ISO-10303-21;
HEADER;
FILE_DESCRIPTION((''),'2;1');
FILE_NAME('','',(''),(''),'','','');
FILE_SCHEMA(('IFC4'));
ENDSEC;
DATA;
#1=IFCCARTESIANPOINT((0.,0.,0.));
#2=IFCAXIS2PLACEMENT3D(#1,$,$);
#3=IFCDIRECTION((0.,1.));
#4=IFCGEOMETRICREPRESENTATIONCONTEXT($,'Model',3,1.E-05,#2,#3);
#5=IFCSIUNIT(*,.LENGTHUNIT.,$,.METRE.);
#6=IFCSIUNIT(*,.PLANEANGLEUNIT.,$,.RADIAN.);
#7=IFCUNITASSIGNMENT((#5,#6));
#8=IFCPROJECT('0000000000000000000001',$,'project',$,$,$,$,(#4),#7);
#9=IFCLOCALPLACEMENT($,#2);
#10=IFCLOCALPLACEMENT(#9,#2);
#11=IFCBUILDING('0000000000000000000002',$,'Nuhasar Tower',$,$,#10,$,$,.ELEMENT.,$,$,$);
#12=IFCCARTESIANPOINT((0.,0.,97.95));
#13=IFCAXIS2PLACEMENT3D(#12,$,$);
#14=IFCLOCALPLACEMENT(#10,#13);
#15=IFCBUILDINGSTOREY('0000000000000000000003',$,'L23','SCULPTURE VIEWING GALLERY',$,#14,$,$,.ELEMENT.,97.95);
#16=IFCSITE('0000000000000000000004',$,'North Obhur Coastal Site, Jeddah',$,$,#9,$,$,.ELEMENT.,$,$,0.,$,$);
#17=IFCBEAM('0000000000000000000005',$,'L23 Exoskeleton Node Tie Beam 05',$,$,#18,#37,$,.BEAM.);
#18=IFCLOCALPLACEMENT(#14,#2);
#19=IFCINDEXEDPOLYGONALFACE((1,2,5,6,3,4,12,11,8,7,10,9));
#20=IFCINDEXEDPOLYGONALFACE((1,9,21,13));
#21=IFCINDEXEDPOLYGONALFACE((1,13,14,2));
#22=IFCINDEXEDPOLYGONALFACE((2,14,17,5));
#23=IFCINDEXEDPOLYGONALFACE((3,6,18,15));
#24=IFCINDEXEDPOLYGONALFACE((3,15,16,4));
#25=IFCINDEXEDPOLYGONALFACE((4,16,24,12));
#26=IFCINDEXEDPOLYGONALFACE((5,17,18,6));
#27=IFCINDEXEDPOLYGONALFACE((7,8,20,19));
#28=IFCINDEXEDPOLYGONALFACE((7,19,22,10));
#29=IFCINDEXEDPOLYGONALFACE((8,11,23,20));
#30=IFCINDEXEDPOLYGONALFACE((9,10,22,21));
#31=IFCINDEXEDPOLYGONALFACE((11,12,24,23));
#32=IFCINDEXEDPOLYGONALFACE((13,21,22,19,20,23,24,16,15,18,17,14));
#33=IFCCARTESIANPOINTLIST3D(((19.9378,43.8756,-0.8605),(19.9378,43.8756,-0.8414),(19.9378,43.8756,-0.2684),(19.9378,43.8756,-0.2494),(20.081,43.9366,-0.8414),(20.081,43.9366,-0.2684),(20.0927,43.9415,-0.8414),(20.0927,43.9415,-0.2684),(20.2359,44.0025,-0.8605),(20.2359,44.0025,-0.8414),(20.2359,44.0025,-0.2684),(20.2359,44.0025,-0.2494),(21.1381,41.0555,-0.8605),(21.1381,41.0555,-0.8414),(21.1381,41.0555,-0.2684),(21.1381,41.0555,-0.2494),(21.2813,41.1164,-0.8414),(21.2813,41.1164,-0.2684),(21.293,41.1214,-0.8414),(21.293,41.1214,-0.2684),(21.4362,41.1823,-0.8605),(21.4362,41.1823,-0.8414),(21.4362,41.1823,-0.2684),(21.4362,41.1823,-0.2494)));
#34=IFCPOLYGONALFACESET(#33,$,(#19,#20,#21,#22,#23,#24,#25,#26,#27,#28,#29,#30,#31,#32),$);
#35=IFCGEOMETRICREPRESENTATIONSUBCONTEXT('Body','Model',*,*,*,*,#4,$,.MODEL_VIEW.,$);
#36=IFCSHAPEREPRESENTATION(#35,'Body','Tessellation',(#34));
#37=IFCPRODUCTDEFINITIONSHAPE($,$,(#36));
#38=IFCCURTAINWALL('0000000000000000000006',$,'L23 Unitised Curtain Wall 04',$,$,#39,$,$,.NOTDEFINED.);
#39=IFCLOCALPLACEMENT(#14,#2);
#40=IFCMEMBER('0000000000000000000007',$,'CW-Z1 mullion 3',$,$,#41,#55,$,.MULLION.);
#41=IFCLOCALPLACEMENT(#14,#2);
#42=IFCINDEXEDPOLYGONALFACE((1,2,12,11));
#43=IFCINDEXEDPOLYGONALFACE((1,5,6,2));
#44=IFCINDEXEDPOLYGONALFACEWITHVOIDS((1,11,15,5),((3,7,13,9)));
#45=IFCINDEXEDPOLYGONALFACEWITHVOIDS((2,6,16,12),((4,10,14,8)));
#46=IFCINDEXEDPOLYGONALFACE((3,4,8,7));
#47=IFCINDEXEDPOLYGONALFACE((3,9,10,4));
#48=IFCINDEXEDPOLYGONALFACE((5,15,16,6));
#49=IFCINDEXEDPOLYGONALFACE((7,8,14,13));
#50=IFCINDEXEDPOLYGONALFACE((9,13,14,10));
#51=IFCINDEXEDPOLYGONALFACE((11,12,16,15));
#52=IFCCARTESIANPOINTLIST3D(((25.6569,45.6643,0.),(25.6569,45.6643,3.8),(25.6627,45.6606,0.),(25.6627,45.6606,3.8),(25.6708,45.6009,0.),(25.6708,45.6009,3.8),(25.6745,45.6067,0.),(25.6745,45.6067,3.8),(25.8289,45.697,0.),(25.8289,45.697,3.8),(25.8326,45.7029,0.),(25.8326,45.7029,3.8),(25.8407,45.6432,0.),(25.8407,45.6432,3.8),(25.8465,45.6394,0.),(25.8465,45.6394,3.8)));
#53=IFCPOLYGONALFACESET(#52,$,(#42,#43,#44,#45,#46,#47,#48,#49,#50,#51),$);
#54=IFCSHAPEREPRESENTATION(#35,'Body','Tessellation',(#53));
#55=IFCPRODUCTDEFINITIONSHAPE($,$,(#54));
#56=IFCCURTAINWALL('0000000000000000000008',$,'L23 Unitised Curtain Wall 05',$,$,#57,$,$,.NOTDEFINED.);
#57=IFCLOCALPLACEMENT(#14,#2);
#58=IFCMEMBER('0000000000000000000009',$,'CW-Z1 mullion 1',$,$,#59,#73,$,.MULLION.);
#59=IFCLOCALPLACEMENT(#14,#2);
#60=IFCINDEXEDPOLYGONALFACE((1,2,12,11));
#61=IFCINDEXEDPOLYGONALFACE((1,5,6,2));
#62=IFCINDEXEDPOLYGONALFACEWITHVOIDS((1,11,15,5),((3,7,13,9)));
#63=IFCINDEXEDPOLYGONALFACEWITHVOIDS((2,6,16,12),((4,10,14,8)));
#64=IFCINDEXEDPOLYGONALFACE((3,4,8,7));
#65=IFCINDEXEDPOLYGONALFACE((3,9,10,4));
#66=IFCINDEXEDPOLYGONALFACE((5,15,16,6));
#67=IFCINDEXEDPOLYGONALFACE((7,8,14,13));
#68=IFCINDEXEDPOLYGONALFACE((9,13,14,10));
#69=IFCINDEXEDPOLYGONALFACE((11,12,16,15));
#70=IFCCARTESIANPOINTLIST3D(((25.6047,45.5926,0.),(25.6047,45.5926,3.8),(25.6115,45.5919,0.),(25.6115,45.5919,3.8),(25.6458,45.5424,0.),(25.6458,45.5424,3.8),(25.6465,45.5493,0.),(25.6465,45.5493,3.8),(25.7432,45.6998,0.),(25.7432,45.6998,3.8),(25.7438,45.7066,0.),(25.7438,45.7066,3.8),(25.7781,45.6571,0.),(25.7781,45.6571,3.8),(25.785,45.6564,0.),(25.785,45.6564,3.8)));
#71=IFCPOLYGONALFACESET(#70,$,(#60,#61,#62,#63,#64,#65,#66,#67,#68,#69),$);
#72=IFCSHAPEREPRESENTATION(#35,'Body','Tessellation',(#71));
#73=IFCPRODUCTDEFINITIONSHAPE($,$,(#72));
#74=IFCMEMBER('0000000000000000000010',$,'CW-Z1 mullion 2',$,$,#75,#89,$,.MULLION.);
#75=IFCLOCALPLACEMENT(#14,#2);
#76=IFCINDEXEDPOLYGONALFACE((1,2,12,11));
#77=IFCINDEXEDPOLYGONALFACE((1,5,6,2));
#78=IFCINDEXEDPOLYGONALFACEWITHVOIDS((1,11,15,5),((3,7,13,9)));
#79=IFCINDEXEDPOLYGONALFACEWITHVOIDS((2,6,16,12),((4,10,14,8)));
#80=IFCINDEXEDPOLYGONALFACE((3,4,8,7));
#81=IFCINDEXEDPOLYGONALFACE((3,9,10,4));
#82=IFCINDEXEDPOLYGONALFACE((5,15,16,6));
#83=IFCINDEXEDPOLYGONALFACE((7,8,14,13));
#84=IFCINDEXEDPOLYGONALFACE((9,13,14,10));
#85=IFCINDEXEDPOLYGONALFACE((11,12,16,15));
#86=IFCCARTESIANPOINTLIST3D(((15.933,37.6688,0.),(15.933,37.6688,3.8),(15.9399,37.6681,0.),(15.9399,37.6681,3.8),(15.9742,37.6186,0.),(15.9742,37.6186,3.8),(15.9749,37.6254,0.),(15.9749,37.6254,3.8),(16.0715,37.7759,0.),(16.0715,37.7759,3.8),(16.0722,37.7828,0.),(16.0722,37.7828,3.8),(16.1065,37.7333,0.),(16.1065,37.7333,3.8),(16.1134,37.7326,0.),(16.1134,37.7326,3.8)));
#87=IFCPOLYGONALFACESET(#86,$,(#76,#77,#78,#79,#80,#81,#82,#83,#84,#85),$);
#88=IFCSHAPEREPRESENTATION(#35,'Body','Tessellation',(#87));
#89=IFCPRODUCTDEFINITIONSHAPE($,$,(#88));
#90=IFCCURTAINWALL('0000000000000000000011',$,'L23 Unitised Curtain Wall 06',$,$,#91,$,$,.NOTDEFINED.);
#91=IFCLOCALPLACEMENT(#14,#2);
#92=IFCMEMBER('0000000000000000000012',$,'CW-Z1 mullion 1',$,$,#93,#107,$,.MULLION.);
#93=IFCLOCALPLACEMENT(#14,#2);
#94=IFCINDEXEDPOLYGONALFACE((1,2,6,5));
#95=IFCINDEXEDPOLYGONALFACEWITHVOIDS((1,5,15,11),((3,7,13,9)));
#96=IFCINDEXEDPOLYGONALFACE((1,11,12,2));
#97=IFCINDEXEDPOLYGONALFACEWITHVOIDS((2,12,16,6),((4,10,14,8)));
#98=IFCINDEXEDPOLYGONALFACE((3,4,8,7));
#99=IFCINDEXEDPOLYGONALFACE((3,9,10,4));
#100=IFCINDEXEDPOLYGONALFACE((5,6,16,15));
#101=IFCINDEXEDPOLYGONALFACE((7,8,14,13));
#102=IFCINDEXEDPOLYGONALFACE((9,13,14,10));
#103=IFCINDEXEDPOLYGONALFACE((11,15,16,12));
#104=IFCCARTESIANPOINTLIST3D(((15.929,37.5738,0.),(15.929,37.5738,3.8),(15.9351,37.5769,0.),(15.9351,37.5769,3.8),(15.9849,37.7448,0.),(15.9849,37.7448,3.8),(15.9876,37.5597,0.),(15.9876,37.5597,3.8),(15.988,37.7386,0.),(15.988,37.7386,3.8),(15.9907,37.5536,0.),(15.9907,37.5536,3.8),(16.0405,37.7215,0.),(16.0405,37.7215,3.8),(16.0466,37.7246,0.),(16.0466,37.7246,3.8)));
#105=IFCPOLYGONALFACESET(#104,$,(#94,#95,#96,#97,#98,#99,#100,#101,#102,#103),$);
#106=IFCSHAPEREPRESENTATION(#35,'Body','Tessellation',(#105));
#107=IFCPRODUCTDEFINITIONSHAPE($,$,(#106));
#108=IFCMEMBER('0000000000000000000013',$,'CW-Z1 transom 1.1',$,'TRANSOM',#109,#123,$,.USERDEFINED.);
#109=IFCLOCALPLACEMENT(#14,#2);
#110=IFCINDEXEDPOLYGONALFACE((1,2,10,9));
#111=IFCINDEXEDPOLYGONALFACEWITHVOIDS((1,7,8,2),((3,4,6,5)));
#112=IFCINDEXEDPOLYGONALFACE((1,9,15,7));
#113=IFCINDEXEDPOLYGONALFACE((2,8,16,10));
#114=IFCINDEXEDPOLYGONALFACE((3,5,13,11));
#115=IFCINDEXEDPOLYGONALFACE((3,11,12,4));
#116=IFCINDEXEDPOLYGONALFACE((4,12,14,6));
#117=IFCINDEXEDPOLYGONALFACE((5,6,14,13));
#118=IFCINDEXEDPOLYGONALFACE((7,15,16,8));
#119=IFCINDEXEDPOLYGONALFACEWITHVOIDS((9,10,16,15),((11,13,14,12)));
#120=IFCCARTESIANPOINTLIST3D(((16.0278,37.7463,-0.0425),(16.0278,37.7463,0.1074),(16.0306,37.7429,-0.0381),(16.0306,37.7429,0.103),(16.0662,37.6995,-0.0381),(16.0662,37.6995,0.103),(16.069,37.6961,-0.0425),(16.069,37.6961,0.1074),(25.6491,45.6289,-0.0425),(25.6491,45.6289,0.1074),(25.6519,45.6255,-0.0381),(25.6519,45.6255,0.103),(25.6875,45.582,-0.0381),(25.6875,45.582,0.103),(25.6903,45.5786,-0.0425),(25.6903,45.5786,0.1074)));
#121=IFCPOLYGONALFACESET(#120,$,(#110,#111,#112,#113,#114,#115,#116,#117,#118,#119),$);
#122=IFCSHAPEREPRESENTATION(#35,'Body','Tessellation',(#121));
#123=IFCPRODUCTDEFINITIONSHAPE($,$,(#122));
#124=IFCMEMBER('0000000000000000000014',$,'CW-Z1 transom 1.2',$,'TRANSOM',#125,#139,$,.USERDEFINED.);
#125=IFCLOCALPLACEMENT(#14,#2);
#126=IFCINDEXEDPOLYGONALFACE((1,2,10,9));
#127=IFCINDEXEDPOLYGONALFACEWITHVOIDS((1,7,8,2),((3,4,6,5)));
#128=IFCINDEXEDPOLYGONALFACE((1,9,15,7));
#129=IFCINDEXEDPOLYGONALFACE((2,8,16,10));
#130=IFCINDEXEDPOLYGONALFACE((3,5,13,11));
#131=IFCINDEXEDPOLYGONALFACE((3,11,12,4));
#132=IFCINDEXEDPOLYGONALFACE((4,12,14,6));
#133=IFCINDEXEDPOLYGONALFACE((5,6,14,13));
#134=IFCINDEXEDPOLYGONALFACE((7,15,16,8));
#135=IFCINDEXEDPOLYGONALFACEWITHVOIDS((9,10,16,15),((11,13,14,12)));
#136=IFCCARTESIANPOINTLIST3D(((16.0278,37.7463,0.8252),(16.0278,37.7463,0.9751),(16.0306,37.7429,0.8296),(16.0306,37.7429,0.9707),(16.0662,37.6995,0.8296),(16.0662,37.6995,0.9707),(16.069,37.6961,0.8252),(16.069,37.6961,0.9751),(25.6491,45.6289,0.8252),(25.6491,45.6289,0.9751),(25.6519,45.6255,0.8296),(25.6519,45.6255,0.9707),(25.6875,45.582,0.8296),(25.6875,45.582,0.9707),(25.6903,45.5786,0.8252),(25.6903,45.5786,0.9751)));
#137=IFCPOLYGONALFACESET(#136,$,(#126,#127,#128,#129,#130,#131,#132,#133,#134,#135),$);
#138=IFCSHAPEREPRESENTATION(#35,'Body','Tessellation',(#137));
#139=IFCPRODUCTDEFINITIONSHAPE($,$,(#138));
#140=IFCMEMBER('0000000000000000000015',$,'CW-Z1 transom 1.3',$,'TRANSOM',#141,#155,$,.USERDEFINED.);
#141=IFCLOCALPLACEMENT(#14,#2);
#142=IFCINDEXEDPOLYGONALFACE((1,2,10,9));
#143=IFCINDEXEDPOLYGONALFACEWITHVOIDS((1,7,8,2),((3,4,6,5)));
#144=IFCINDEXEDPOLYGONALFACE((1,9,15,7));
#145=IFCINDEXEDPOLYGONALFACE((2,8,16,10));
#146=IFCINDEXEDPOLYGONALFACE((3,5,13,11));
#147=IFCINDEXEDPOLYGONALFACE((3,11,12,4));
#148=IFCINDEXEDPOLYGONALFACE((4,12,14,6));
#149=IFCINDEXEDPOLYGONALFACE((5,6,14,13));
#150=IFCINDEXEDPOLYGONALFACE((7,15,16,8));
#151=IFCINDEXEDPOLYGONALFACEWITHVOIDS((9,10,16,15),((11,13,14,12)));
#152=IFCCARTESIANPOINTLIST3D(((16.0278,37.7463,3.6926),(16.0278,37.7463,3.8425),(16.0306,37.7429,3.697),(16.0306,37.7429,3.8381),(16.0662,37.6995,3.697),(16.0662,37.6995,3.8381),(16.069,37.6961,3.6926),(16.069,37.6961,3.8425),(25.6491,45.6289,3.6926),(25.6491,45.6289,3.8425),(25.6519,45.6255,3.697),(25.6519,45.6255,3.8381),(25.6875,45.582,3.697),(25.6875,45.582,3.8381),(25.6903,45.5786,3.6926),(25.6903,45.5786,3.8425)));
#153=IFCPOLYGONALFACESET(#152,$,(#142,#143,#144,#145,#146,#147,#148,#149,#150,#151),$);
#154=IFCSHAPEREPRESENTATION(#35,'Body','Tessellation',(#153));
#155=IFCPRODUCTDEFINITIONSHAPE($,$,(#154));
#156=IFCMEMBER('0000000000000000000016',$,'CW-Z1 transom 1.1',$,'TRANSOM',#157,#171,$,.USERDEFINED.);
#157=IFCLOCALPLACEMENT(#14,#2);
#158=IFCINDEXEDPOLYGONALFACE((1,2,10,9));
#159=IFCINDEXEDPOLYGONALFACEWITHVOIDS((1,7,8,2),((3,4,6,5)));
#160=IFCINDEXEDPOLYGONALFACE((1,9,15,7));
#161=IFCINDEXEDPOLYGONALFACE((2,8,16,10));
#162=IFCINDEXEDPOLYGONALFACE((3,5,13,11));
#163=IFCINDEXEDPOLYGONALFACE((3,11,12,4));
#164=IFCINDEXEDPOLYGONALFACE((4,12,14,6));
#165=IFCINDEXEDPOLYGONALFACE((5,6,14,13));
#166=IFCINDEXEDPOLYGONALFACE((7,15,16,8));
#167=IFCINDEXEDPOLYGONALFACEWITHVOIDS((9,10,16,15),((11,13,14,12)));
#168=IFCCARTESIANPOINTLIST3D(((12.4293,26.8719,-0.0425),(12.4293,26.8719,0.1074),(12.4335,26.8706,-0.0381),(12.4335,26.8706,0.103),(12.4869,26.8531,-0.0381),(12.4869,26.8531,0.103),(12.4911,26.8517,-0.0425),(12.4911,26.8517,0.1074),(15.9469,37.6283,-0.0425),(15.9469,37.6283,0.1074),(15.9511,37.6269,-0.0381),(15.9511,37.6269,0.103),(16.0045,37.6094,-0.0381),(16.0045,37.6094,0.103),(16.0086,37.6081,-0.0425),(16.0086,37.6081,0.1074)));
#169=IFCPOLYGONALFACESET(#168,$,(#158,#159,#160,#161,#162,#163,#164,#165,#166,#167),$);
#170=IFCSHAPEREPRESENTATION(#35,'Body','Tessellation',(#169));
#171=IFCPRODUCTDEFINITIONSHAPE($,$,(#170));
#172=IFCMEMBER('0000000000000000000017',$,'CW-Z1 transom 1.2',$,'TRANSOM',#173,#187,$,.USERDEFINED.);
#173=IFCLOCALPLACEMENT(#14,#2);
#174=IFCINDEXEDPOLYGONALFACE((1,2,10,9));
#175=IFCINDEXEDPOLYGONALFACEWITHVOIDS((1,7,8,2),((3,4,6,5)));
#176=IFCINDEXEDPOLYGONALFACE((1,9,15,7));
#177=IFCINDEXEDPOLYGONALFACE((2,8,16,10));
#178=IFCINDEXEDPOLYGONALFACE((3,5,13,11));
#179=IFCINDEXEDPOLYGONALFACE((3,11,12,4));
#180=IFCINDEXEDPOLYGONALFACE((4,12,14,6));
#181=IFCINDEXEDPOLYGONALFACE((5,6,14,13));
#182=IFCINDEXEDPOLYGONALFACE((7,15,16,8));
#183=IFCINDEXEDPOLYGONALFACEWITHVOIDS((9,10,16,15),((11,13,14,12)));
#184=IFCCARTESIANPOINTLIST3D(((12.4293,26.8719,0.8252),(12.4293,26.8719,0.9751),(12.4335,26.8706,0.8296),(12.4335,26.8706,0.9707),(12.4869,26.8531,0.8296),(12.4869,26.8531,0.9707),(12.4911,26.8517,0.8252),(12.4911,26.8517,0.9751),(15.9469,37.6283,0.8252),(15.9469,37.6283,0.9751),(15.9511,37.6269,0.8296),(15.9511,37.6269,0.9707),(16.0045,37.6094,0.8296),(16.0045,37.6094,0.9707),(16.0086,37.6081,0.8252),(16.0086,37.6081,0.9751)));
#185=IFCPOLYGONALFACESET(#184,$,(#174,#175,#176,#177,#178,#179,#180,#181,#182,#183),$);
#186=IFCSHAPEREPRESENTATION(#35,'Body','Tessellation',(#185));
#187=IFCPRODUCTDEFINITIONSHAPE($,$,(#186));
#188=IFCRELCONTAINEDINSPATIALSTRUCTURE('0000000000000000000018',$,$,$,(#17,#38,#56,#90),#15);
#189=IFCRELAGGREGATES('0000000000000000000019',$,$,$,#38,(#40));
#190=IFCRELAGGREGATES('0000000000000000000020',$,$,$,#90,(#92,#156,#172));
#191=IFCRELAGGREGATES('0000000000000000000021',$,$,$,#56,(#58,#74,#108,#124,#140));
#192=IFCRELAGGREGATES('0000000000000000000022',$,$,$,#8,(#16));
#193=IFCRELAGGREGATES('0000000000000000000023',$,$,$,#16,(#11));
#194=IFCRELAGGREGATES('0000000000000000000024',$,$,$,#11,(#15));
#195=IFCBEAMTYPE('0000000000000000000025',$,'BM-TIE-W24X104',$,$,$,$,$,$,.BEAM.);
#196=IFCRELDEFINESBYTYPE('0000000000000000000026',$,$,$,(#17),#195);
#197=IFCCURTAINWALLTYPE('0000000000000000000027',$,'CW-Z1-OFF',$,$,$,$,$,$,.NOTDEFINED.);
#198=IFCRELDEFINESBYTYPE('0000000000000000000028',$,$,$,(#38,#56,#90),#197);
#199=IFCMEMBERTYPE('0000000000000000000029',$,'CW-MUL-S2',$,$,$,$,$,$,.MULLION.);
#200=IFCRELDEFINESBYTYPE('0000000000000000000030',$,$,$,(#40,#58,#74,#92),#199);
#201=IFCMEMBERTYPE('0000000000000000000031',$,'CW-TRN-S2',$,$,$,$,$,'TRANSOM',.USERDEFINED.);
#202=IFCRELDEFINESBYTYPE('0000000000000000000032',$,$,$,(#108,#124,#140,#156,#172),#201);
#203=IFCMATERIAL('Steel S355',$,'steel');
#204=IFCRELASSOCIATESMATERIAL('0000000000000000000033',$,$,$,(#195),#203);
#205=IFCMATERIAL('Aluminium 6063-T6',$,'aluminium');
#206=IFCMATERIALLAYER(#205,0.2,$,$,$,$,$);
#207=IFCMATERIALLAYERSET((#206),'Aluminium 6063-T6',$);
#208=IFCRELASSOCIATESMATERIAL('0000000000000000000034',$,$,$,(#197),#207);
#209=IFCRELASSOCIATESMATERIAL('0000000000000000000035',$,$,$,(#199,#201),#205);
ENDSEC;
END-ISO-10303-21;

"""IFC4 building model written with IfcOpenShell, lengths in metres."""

from ifc_helpers import new_model, si_unit, direction, frame, origin, origin_2d, place, context, subcontext, project, spatial, hollow_rectangle, i_section, extrude, material, layer, layer_set, material_profile, profile_set, type_object, element, aggregate, save


model = new_model("IFC4")

# Units and contexts
model_context = context("Model", 3, precision=1e-05, world=origin(), true_north=direction((0.0, 1.0)))
body_context = subcontext(model_context, "Body", "Model", "MODEL_VIEW")
ifc_project = project(units=[si_unit("LENGTHUNIT", "METRE"), si_unit("PLANEANGLEUNIT", "RADIAN")], contexts=[model_context])

# Site, building, storey
site_placement = place(None, origin())
site = spatial("IfcSite", under=ifc_project, at=site_placement, Name="North Obhur Coastal Site, Jeddah", CompositionType="ELEMENT", RefElevation=0.0)
building_placement = place(site_placement, origin())
building = spatial("IfcBuilding", under=site, at=building_placement, Name="Nuhasar Tower", CompositionType="ELEMENT")
storey_placement = place(building_placement, frame((0.0, 0.0, 97.95)))
storey = spatial("IfcBuildingStorey", under=building, at=storey_placement, Name="L23", Description="SCULPTURE VIEWING GALLERY", CompositionType="ELEMENT", Elevation=97.95)

# Beam
ifc_material_1 = material(Name="Steel S355", Category="steel")
ifc_material_profile_1 = material_profile(ifc_material_1, i_section(OverallWidth=0.324, OverallDepth=0.6111, WebThickness=0.0127, FlangeThickness=0.019, at=origin_2d()), Name="W24X104")
ifc_profile_set_1 = profile_set([ifc_material_profile_1], Name="Steel S355")
beam_type_1 = type_object("IfcBeamType", Name="BM-TIE-W24X104", PredefinedType="BEAM", material=ifc_profile_set_1)
beam_1_placement = place(storey_placement, frame((21.2871, 41.1189, -0.5549), z_axis=(-0.391601, 0.920135, 0.0), x_axis=(-0.920135, -0.391601, 0.0)))
element("IfcBeam", 1, at=beam_1_placement, inside=storey, type_object=beam_type_1, Name="L23 Exoskeleton Node Tie Beam 05", PredefinedType="BEAM", context=body_context, shape_type="SweptSolid", body=[
    extrude(i_section(OverallWidth=0.324, OverallDepth=0.6111, WebThickness=0.0127, FlangeThickness=0.019, at=origin_2d()), origin(), (0.0, 0.0, 1.0), 3.0649),
])

# Curtain wall, member
ifc_material_2 = material(Name="Aluminium 6063-T6", Category="aluminium")
ifc_layer_1 = layer(ifc_material_2, 0.2)
ifc_layer_set_1 = layer_set([ifc_layer_1], Name="Aluminium 6063-T6")
curtain_wall_type = type_object("IfcCurtainWallType", Name="CW-Z1-OFF", PredefinedType="NOTDEFINED", material=ifc_layer_set_1)
curtain_wall_1_placement = place(storey_placement, origin())
curtain_wall_1 = element("IfcCurtainWall", 2, at=curtain_wall_1_placement, inside=storey, type_object=curtain_wall_type, Name="L23 Unitised Curtain Wall 04", PredefinedType="NOTDEFINED")
ifc_material_profile_2 = material_profile(ifc_material_2, hollow_rectangle(XDim=0.0649, YDim=0.1799, WallThickness=0.0049, at=origin_2d()), Name="CWM-2")
ifc_profile_set_2 = profile_set([ifc_material_profile_2], Name="Aluminium 6063-T6")
member_type_1 = type_object("IfcMemberType", Name="CW-MUL-S2", PredefinedType="MULLION", material=ifc_profile_set_2)
member_1_placement = place(storey_placement, frame((25.7517, 45.6519, 0.0), z_axis=(0.0, 0.0, 1.0), x_axis=(0.214399, -0.976746, 0.0)))
member_1 = element("IfcMember", 3, at=member_1_placement, type_object=member_type_1, Name="CW-Z1 mullion 3", PredefinedType="MULLION", context=body_context, shape_type="SweptSolid", body=[
    extrude(hollow_rectangle(XDim=0.0649, YDim=0.1799, WallThickness=0.0049, at=origin_2d()), origin(), (0.0, 0.0, 1.0), 3.8),
])
aggregate(curtain_wall_1, [member_1])

# Curtain wall, members
curtain_wall_2_placement = place(storey_placement, origin())
curtain_wall_2 = element("IfcCurtainWall", 4, at=curtain_wall_2_placement, inside=storey, type_object=curtain_wall_type, Name="L23 Unitised Curtain Wall 05", PredefinedType="NOTDEFINED")
member_2_placement = place(storey_placement, frame((25.6948, 45.6245, 0.0), z_axis=(0.0, 0.0, 1.0), x_axis=(0.633745, -0.773542, 0.0)))
member_2 = element("IfcMember", 5, at=member_2_placement, type_object=member_type_1, Name="CW-Z1 mullion 1", PredefinedType="MULLION", context=body_context, shape_type="SweptSolid", body=[
    extrude(hollow_rectangle(XDim=0.0649, YDim=0.1799, WallThickness=0.0049, at=origin_2d()), origin(), (0.0, 0.0, 1.0), 3.8),
])
member_3_placement = place(storey_placement, frame((16.0232, 37.7007, 0.0), z_axis=(0.0, 0.0, 1.0), x_axis=(0.633745, -0.773542, 0.0)))
member_3 = element("IfcMember", 6, at=member_3_placement, type_object=member_type_1, Name="CW-Z1 mullion 2", PredefinedType="MULLION", context=body_context, shape_type="SweptSolid", body=[
    extrude(hollow_rectangle(XDim=0.0649, YDim=0.1799, WallThickness=0.0049, at=origin_2d()), origin(), (0.0, 0.0, 1.0), 3.8),
])

# Curtain wall, member
curtain_wall_3_placement = place(storey_placement, origin())
curtain_wall_3 = element("IfcCurtainWall", 7, at=curtain_wall_3_placement, inside=storey, type_object=curtain_wall_type, Name="L23 Unitised Curtain Wall 06", PredefinedType="NOTDEFINED")
member_4_placement = place(storey_placement, frame((15.9878, 37.6492, 0.0), z_axis=(0.0, 0.0, 1.0), x_axis=(0.950468, -0.310824, 0.0)))
member_4 = element("IfcMember", 8, at=member_4_placement, type_object=member_type_1, Name="CW-Z1 mullion 1", PredefinedType="MULLION", context=body_context, shape_type="SweptSolid", body=[
    extrude(hollow_rectangle(XDim=0.0649, YDim=0.1799, WallThickness=0.0049, at=origin_2d()), origin(), (0.0, 0.0, 1.0), 3.8),
])

# Members
ifc_material_profile_3 = material_profile(ifc_material_2, hollow_rectangle(XDim=0.0649, YDim=0.1499, WallThickness=0.0044, at=origin_2d()), Name="CWT-2")
ifc_profile_set_3 = profile_set([ifc_material_profile_3], Name="Aluminium 6063-T6")
member_type_2 = type_object("IfcMemberType", Name="CW-TRN-S2", ElementType="TRANSOM", PredefinedType="USERDEFINED", material=ifc_profile_set_3)
member_5_placement = place(storey_placement, frame((25.6697, 45.6038, 0.0325), z_axis=(-0.773541, -0.633746, 0.0), x_axis=(0.633746, -0.773541, 0.0)))
member_5 = element("IfcMember", 9, at=member_5_placement, type_object=member_type_2, Name="CW-Z1 transom 1.1", ObjectType="TRANSOM", PredefinedType="USERDEFINED", context=body_context, shape_type="SweptSolid", body=[
    extrude(hollow_rectangle(XDim=0.0649, YDim=0.1499, WallThickness=0.0044, at=origin_2d()), origin(), (0.0, 0.0, 1.0), 12.438),
])
member_6_placement = place(storey_placement, frame((25.6697, 45.6038, 0.9001), z_axis=(-0.773541, -0.633746, 0.0), x_axis=(0.633746, -0.773541, 0.0)))
member_6 = element("IfcMember", 10, at=member_6_placement, type_object=member_type_2, Name="CW-Z1 transom 1.2", ObjectType="TRANSOM", PredefinedType="USERDEFINED", context=body_context, shape_type="SweptSolid", body=[
    extrude(hollow_rectangle(XDim=0.0649, YDim=0.1499, WallThickness=0.0044, at=origin_2d()), origin(), (0.0, 0.0, 1.0), 12.438),
])
member_7_placement = place(storey_placement, frame((25.6697, 45.6038, 3.7676), z_axis=(-0.773541, -0.633746, 0.0), x_axis=(0.633746, -0.773541, 0.0)))
member_7 = element("IfcMember", 11, at=member_7_placement, type_object=member_type_2, Name="CW-Z1 transom 1.3", ObjectType="TRANSOM", PredefinedType="USERDEFINED", context=body_context, shape_type="SweptSolid", body=[
    extrude(hollow_rectangle(XDim=0.0649, YDim=0.1499, WallThickness=0.0044, at=origin_2d()), origin(), (0.0, 0.0, 1.0), 12.438),
])
member_8_placement = place(storey_placement, frame((15.9778, 37.6182, 0.0325), z_axis=(-0.310825, -0.950467, 0.0), x_axis=(0.950467, -0.310825, 0.0)))
member_8 = element("IfcMember", 12, at=member_8_placement, type_object=member_type_2, Name="CW-Z1 transom 1.1", ObjectType="TRANSOM", PredefinedType="USERDEFINED", context=body_context, shape_type="SweptSolid", body=[
    extrude(hollow_rectangle(XDim=0.0649, YDim=0.1499, WallThickness=0.0044, at=origin_2d()), origin(), (0.0, 0.0, 1.0), 11.3169),
])
member_9_placement = place(storey_placement, frame((15.9778, 37.6182, 0.9001), z_axis=(-0.310825, -0.950467, 0.0), x_axis=(0.950467, -0.310825, 0.0)))
member_9 = element("IfcMember", 13, at=member_9_placement, type_object=member_type_2, Name="CW-Z1 transom 1.2", ObjectType="TRANSOM", PredefinedType="USERDEFINED", context=body_context, shape_type="SweptSolid", body=[
    extrude(hollow_rectangle(XDim=0.0649, YDim=0.1499, WallThickness=0.0044, at=origin_2d()), origin(), (0.0, 0.0, 1.0), 11.3169),
])
aggregate(curtain_wall_3, [member_4, member_8, member_9])

aggregate(curtain_wall_2, [member_2, member_3, member_5, member_6, member_7])

save(model, "model.ifc")
